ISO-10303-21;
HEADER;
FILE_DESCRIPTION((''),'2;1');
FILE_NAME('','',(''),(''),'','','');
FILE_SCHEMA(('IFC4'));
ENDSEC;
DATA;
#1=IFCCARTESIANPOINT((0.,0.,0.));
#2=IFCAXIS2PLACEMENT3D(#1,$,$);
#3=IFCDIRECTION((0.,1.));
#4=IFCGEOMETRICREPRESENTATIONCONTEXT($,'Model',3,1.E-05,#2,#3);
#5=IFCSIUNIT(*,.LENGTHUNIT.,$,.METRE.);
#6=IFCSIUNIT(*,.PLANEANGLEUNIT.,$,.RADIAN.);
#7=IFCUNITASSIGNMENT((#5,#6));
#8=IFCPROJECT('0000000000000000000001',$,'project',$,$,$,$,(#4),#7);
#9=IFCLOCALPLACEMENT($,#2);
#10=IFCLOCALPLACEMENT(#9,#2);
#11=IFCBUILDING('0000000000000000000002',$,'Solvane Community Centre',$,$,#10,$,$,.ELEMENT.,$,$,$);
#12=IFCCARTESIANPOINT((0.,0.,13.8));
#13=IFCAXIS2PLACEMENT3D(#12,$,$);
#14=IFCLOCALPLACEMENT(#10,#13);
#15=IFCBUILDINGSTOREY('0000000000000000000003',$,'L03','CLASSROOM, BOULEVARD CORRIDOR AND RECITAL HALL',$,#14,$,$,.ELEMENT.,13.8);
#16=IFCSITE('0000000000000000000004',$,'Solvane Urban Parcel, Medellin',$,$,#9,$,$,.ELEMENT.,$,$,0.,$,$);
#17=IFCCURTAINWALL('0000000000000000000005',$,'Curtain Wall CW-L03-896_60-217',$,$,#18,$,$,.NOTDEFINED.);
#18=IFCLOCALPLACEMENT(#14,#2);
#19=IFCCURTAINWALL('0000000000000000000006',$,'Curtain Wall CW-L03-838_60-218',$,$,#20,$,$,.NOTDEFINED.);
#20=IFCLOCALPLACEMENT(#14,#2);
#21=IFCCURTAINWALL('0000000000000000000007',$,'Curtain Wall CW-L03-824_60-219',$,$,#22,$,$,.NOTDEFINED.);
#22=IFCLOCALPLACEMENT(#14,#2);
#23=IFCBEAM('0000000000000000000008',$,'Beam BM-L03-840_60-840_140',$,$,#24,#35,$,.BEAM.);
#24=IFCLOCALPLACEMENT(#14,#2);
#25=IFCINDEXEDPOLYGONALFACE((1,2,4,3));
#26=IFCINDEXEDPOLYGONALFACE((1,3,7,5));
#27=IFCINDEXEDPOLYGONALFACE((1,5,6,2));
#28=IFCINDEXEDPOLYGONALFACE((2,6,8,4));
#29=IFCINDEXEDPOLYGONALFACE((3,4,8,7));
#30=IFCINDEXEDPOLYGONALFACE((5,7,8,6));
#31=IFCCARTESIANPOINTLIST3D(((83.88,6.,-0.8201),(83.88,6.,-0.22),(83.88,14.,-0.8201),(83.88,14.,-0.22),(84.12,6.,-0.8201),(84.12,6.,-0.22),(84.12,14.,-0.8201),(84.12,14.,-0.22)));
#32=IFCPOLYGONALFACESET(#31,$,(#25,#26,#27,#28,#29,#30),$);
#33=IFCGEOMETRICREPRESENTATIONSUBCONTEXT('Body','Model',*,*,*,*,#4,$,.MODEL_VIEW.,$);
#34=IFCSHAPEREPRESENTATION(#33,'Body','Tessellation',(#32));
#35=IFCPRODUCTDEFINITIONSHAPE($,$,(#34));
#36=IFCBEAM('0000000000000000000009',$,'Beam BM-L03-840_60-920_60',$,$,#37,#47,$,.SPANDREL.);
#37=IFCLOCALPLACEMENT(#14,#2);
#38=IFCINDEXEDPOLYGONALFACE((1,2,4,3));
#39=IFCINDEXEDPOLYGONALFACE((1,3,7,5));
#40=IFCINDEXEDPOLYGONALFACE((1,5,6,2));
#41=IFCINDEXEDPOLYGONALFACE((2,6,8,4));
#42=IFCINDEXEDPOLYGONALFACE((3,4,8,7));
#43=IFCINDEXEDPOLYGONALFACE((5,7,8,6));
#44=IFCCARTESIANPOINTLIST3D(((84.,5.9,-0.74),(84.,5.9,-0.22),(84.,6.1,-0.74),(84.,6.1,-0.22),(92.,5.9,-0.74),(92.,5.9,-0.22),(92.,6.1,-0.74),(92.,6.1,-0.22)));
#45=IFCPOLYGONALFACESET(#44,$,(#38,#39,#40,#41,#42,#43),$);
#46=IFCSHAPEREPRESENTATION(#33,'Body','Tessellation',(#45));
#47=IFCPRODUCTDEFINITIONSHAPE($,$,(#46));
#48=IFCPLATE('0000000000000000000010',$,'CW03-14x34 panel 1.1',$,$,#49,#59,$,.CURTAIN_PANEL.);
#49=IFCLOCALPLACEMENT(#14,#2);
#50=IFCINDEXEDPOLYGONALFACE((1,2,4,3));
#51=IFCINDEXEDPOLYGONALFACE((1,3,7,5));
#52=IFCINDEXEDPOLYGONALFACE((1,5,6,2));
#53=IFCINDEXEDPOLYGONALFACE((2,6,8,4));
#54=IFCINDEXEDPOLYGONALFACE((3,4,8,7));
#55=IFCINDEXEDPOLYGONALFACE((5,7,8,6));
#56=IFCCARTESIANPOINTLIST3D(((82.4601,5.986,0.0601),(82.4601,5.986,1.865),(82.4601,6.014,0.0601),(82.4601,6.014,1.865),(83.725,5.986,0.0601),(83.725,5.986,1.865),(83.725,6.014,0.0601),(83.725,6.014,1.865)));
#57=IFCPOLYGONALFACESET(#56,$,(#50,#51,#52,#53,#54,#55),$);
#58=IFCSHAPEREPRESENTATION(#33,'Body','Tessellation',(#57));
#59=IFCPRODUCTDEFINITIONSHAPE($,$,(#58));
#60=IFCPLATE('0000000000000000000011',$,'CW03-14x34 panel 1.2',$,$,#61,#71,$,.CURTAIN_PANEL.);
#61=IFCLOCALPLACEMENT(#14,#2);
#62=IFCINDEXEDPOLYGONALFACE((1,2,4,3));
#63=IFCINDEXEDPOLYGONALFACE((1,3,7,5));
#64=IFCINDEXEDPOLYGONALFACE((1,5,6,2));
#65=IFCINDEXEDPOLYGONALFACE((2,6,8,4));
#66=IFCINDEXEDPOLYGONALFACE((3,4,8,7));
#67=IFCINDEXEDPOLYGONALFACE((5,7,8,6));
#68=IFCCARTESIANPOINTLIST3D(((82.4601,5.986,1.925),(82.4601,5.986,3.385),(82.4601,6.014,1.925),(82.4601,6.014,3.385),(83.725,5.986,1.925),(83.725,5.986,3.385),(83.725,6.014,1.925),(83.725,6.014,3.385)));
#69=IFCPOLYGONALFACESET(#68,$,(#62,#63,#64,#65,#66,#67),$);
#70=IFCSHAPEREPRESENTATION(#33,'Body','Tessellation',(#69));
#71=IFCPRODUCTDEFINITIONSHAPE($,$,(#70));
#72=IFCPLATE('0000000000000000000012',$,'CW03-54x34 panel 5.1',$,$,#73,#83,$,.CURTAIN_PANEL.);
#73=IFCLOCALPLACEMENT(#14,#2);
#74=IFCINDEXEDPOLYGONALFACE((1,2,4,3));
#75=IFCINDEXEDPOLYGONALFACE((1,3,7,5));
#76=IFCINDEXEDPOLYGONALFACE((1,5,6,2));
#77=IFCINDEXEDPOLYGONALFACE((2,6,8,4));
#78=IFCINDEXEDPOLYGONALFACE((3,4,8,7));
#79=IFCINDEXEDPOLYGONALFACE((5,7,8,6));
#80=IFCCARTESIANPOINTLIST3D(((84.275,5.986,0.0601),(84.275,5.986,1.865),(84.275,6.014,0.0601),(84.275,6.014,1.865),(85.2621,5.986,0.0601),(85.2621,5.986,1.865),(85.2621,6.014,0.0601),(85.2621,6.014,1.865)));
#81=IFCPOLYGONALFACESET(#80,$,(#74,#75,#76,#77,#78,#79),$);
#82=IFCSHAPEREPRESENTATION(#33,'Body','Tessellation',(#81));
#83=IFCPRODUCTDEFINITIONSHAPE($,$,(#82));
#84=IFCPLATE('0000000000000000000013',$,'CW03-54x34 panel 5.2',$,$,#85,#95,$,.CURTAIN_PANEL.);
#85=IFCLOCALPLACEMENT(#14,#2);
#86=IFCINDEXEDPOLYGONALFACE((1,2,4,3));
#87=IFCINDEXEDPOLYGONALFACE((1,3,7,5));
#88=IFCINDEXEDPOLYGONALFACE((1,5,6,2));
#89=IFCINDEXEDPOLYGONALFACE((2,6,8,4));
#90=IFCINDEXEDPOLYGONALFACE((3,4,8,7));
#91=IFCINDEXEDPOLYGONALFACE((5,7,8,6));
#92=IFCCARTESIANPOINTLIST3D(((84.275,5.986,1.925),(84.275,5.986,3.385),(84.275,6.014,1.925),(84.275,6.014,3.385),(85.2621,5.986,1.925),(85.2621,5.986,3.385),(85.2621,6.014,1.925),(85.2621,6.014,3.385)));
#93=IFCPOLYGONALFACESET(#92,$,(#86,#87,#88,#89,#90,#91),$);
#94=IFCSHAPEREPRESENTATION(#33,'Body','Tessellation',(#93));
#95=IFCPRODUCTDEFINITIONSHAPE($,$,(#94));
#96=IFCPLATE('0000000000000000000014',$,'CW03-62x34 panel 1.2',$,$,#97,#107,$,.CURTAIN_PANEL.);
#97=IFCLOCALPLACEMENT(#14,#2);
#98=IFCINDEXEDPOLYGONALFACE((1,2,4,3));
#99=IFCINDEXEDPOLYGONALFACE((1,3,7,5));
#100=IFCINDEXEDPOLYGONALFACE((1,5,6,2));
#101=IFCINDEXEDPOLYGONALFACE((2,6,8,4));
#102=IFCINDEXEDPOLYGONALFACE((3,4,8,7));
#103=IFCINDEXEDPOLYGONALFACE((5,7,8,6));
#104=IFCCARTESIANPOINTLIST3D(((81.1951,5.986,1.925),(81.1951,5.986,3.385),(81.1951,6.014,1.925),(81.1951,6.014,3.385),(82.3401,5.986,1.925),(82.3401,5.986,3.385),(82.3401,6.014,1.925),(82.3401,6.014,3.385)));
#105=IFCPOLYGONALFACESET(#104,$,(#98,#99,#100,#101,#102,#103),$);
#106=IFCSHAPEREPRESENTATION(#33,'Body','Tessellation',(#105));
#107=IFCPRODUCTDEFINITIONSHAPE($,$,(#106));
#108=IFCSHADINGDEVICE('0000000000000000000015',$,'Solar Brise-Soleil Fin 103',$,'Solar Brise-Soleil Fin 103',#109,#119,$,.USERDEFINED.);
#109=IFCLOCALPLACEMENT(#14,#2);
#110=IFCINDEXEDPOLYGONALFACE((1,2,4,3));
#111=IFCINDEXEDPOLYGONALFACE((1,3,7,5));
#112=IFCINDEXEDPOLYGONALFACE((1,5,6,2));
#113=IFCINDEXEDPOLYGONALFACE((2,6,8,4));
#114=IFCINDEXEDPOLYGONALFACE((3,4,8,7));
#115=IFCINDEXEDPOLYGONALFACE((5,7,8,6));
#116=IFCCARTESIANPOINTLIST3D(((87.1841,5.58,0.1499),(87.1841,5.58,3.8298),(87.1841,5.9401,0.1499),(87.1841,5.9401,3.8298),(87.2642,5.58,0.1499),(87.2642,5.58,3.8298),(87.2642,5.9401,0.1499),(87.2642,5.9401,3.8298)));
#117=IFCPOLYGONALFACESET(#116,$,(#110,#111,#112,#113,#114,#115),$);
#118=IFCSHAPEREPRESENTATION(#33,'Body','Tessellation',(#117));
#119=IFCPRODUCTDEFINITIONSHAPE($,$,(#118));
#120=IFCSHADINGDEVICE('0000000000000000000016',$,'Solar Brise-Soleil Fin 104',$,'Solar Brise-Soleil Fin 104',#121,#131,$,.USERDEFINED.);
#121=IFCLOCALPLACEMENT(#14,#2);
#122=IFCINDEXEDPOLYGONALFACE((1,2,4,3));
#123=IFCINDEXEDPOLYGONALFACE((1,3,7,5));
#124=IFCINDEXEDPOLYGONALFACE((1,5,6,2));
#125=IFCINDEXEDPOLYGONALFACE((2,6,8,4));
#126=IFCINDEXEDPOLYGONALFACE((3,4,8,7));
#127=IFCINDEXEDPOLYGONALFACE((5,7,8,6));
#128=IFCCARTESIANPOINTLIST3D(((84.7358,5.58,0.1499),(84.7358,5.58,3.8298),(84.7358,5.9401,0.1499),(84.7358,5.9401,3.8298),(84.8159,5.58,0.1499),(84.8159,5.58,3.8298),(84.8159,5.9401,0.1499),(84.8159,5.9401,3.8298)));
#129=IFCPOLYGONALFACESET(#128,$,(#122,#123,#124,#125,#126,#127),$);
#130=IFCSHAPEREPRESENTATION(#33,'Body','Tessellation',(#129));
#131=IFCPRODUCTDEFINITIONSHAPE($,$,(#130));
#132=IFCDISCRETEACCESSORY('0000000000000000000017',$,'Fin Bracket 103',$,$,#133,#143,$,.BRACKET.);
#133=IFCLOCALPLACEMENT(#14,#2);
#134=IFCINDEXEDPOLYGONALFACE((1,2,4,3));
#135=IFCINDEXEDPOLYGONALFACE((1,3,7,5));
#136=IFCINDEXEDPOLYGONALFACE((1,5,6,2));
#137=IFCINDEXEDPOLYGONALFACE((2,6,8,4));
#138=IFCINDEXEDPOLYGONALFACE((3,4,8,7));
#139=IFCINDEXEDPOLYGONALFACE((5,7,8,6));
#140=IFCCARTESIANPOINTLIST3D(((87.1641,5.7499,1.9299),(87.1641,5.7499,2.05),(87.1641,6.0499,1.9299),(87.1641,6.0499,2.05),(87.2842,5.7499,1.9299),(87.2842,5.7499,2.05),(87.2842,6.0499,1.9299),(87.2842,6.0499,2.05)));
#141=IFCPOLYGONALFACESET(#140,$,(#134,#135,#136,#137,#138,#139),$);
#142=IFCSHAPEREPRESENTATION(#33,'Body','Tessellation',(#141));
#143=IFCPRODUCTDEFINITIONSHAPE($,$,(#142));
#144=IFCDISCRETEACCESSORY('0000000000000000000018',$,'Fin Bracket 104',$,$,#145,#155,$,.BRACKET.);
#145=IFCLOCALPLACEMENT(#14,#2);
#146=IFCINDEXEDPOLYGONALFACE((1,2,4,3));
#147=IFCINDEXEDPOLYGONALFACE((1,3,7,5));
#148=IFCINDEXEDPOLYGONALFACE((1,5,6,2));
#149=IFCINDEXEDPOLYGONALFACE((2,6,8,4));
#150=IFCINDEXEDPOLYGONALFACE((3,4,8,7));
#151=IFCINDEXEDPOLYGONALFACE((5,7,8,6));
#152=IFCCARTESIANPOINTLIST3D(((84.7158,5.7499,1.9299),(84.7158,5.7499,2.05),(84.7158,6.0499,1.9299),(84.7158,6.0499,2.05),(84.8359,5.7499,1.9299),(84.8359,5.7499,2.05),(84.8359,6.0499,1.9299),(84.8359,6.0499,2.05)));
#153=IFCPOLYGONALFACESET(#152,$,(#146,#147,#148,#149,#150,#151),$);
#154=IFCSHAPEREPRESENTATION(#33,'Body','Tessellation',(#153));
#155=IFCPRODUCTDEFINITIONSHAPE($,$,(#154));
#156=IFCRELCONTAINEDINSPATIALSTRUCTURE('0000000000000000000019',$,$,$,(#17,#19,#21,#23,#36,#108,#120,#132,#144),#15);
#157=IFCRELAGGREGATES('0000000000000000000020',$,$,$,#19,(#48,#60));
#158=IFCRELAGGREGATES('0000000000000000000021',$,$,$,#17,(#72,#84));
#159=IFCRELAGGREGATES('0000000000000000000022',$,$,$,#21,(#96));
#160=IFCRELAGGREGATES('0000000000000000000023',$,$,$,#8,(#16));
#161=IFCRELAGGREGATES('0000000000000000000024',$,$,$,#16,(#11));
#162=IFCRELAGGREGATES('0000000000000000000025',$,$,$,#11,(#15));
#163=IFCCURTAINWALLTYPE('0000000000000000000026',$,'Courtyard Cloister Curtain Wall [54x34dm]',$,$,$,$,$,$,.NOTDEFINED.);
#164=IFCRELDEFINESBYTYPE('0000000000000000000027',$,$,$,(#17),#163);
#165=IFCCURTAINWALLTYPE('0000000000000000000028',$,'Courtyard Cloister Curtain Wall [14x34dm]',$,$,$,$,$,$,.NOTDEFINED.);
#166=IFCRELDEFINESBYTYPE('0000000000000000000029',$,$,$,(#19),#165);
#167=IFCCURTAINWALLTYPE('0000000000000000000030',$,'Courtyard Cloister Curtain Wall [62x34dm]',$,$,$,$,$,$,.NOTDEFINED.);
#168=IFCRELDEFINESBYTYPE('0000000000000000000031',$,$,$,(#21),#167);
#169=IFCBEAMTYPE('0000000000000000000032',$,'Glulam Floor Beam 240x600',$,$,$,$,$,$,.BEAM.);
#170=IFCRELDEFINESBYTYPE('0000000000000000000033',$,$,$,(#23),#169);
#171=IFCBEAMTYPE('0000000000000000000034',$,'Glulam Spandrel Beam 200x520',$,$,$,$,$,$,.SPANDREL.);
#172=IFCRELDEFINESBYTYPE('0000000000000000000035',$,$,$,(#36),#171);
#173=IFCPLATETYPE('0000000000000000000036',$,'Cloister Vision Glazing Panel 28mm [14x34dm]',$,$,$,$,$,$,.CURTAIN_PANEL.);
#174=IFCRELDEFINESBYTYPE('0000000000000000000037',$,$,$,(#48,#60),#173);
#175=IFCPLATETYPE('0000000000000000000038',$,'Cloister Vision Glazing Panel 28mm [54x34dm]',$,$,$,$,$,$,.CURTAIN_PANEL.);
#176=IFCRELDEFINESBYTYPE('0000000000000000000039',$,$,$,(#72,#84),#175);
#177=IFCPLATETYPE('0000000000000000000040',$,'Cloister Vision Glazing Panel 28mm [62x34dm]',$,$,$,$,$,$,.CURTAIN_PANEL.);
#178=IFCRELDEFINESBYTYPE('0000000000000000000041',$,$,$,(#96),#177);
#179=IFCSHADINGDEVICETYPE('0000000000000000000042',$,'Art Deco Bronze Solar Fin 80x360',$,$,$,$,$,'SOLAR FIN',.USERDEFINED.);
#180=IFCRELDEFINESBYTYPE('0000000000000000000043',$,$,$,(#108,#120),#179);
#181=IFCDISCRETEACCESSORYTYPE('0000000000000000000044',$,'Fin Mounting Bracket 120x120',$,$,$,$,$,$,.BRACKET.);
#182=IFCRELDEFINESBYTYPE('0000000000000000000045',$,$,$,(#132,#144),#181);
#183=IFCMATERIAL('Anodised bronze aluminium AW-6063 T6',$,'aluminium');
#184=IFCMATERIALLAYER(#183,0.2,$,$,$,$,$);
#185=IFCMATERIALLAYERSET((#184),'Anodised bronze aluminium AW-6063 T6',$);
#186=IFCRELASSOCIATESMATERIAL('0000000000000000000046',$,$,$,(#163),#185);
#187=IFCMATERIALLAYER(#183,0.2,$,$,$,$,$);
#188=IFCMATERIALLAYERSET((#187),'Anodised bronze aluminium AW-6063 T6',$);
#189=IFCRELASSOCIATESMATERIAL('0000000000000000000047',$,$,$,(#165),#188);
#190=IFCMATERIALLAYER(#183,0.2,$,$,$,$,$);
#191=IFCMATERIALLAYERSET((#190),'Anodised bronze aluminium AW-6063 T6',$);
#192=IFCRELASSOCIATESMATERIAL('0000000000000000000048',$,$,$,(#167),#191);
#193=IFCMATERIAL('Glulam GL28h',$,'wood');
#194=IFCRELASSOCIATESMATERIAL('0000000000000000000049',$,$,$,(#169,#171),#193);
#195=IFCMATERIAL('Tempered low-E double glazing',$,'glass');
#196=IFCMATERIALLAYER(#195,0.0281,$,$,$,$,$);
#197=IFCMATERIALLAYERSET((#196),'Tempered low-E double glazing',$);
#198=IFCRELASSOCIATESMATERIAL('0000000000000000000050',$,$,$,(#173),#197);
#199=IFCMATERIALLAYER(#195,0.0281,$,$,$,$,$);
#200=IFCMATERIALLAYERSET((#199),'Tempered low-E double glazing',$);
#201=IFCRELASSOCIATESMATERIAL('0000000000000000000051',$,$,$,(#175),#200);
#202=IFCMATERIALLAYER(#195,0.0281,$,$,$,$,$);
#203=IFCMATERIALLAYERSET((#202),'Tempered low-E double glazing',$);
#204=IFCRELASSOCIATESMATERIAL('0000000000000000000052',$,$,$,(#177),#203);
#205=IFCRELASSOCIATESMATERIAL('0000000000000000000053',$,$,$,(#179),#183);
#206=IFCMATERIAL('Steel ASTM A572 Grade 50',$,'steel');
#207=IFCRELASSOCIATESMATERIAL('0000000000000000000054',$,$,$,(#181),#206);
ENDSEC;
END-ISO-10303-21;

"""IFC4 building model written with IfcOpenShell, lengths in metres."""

from ifc_helpers import new_model, si_unit, direction, frame, origin, origin_2d, place, context, subcontext, project, spatial, rectangle, extrude, material, layer, layer_set, material_profile, profile_set, type_object, element, aggregate, save


model = new_model("IFC4")

# Units and contexts
model_context = context("Model", 3, precision=1e-05, world=origin(), true_north=direction((0.0, 1.0)))
body_context = subcontext(model_context, "Body", "Model", "MODEL_VIEW")
ifc_project = project(units=[si_unit("LENGTHUNIT", "METRE"), si_unit("PLANEANGLEUNIT", "RADIAN")], contexts=[model_context])

# Site, building, storey
site_placement = place(None, origin())
site = spatial("IfcSite", under=ifc_project, at=site_placement, Name="Solvane Urban Parcel, Medellin", CompositionType="ELEMENT", RefElevation=0.0)
building_placement = place(site_placement, origin())
building = spatial("IfcBuilding", under=site, at=building_placement, Name="Solvane Community Centre", CompositionType="ELEMENT")
storey_placement = place(building_placement, frame((0.0, 0.0, 13.8)))
storey = spatial("IfcBuildingStorey", under=building, at=storey_placement, Name="L03", Description="CLASSROOM, BOULEVARD CORRIDOR AND RECITAL HALL", CompositionType="ELEMENT", Elevation=13.8)

# Curtain wall
ifc_material_1 = material(Name="Anodised bronze aluminium AW-6063 T6", Category="aluminium")
ifc_layer_1 = layer(ifc_material_1, 0.2)
ifc_layer_set_1 = layer_set([ifc_layer_1], Name="Anodised bronze aluminium AW-6063 T6")
curtain_wall_type_1 = type_object("IfcCurtainWallType", Name="Courtyard Cloister Curtain Wall [54x34dm]", PredefinedType="NOTDEFINED", material=ifc_layer_set_1)
curtain_wall_1_placement = place(storey_placement, origin())
curtain_wall_1 = element("IfcCurtainWall", 1, at=curtain_wall_1_placement, inside=storey, type_object=curtain_wall_type_1, Name="Curtain Wall CW-L03-896_60-217", PredefinedType="NOTDEFINED")

# Curtain wall
ifc_layer_2 = layer(ifc_material_1, 0.2)
ifc_layer_set_2 = layer_set([ifc_layer_2], Name="Anodised bronze aluminium AW-6063 T6")
curtain_wall_type_2 = type_object("IfcCurtainWallType", Name="Courtyard Cloister Curtain Wall [14x34dm]", PredefinedType="NOTDEFINED", material=ifc_layer_set_2)
curtain_wall_2_placement = place(storey_placement, origin())
curtain_wall_2 = element("IfcCurtainWall", 2, at=curtain_wall_2_placement, inside=storey, type_object=curtain_wall_type_2, Name="Curtain Wall CW-L03-838_60-218", PredefinedType="NOTDEFINED")

# Curtain wall
ifc_layer_3 = layer(ifc_material_1, 0.2)
ifc_layer_set_3 = layer_set([ifc_layer_3], Name="Anodised bronze aluminium AW-6063 T6")
curtain_wall_type_3 = type_object("IfcCurtainWallType", Name="Courtyard Cloister Curtain Wall [62x34dm]", PredefinedType="NOTDEFINED", material=ifc_layer_set_3)
curtain_wall_3_placement = place(storey_placement, origin())
curtain_wall_3 = element("IfcCurtainWall", 3, at=curtain_wall_3_placement, inside=storey, type_object=curtain_wall_type_3, Name="Curtain Wall CW-L03-824_60-219", PredefinedType="NOTDEFINED")

# Beams
ifc_material_2 = material(Name="Glulam GL28h", Category="wood")
ifc_material_profile_1 = material_profile(ifc_material_2, rectangle(XDim=0.24, YDim=0.6001, at=origin_2d()), Name="GL28h 240x600")
ifc_profile_set_1 = profile_set([ifc_material_profile_1], Name="Glulam GL28h")
beam_type_1 = type_object("IfcBeamType", Name="Glulam Floor Beam 240x600", PredefinedType="BEAM", material=ifc_profile_set_1)
beam_1_placement = place(storey_placement, frame((84.0, 6.0, -0.52), z_axis=(0.0, 1.0, 0.0), x_axis=(-1.0, 0.0, 0.0)))
element("IfcBeam", 4, at=beam_1_placement, inside=storey, type_object=beam_type_1, Name="Beam BM-L03-840_60-840_140", PredefinedType="BEAM", context=body_context, shape_type="SweptSolid", body=[
    extrude(rectangle(XDim=0.24, YDim=0.6001, at=origin_2d()), origin(), (0.0, 0.0, 1.0), 8.0),
])
ifc_material_profile_2 = material_profile(ifc_material_2, rectangle(XDim=0.2, YDim=0.52, at=origin_2d()), Name="GL28h 200x520")
ifc_profile_set_2 = profile_set([ifc_material_profile_2], Name="Glulam GL28h")
beam_type_2 = type_object("IfcBeamType", Name="Glulam Spandrel Beam 200x520", PredefinedType="SPANDREL", material=ifc_profile_set_2)
beam_2_placement = place(storey_placement, frame((84.0, 6.0, -0.48), z_axis=(1.0, 0.0, 0.0), x_axis=(0.0, 1.0, 0.0)))
element("IfcBeam", 5, at=beam_2_placement, inside=storey, type_object=beam_type_2, Name="Beam BM-L03-840_60-920_60", PredefinedType="SPANDREL", context=body_context, shape_type="SweptSolid", body=[
    extrude(rectangle(XDim=0.2, YDim=0.52, at=origin_2d()), origin(), (0.0, 0.0, 1.0), 8.0),
])

# Plates
ifc_material_3 = material(Name="Tempered low-E double glazing", Category="glass")
ifc_layer_4 = layer(ifc_material_3, 0.0281)
ifc_layer_set_4 = layer_set([ifc_layer_4], Name="Tempered low-E double glazing")
plate_type_1 = type_object("IfcPlateType", Name="Cloister Vision Glazing Panel 28mm [14x34dm]", PredefinedType="CURTAIN_PANEL", material=ifc_layer_set_4)
plate_1_placement = place(storey_placement, frame((83.0925, 6.0, 0.0601), z_axis=(0.0, 0.0, 1.0), x_axis=(-1.0, 0.0, 0.0)))
plate_1 = element("IfcPlate", 6, at=plate_1_placement, type_object=plate_type_1, Name="CW03-14x34 panel 1.1", PredefinedType="CURTAIN_PANEL", context=body_context, shape_type="SweptSolid", body=[
    extrude(rectangle(XDim=1.2649, YDim=0.0281, at=origin_2d()), origin(), (0.0, 0.0, 1.0), 1.8049),
])
plate_2_placement = place(storey_placement, frame((83.0925, 6.0, 1.925), z_axis=(0.0, 0.0, 1.0), x_axis=(-1.0, 0.0, 0.0)))
plate_2 = element("IfcPlate", 7, at=plate_2_placement, type_object=plate_type_1, Name="CW03-14x34 panel 1.2", PredefinedType="CURTAIN_PANEL", context=body_context, shape_type="SweptSolid", body=[
    extrude(rectangle(XDim=1.2649, YDim=0.0281, at=origin_2d()), origin(), (0.0, 0.0, 1.0), 1.46),
])
aggregate(curtain_wall_2, [plate_1, plate_2])
ifc_layer_5 = layer(ifc_material_3, 0.0281)
ifc_layer_set_5 = layer_set([ifc_layer_5], Name="Tempered low-E double glazing")
plate_type_2 = type_object("IfcPlateType", Name="Cloister Vision Glazing Panel 28mm [54x34dm]", PredefinedType="CURTAIN_PANEL", material=ifc_layer_set_5)
plate_3_placement = place(storey_placement, frame((84.7686, 6.0, 0.0601), z_axis=(0.0, 0.0, 1.0), x_axis=(-1.0, 0.0, 0.0)))
plate_3 = element("IfcPlate", 8, at=plate_3_placement, type_object=plate_type_2, Name="CW03-54x34 panel 5.1", PredefinedType="CURTAIN_PANEL", context=body_context, shape_type="SweptSolid", body=[
    extrude(rectangle(XDim=0.9871, YDim=0.0281, at=origin_2d()), origin(), (0.0, 0.0, 1.0), 1.8049),
])
plate_4_placement = place(storey_placement, frame((84.7686, 6.0, 1.925), z_axis=(0.0, 0.0, 1.0), x_axis=(-1.0, 0.0, 0.0)))
plate_4 = element("IfcPlate", 9, at=plate_4_placement, type_object=plate_type_2, Name="CW03-54x34 panel 5.2", PredefinedType="CURTAIN_PANEL", context=body_context, shape_type="SweptSolid", body=[
    extrude(rectangle(XDim=0.9871, YDim=0.0281, at=origin_2d()), origin(), (0.0, 0.0, 1.0), 1.46),
])
aggregate(curtain_wall_1, [plate_3, plate_4])
ifc_layer_6 = layer(ifc_material_3, 0.0281)
ifc_layer_set_6 = layer_set([ifc_layer_6], Name="Tempered low-E double glazing")
plate_type_3 = type_object("IfcPlateType", Name="Cloister Vision Glazing Panel 28mm [62x34dm]", PredefinedType="CURTAIN_PANEL", material=ifc_layer_set_6)
plate_5_placement = place(storey_placement, frame((81.7676, 6.0, 1.925), z_axis=(0.0, 0.0, 1.0), x_axis=(-1.0, 0.0, 0.0)))
plate_5 = element("IfcPlate", 10, at=plate_5_placement, type_object=plate_type_3, Name="CW03-62x34 panel 1.2", PredefinedType="CURTAIN_PANEL", context=body_context, shape_type="SweptSolid", body=[
    extrude(rectangle(XDim=1.145, YDim=0.0281, at=origin_2d()), origin(), (0.0, 0.0, 1.0), 1.46),
])
aggregate(curtain_wall_3, [plate_5])

# Shading devices
shading_device_type = type_object("IfcShadingDeviceType", Name="Art Deco Bronze Solar Fin 80x360", ElementType="SOLAR FIN", PredefinedType="USERDEFINED", material=ifc_material_1)
shading_device_1_placement = place(storey_placement, frame((87.2241, 5.76, 0.1499), z_axis=(0.0, 0.0, 1.0), x_axis=(-1.0, 0.0, 0.0)))
element("IfcShadingDevice", 11, at=shading_device_1_placement, inside=storey, type_object=shading_device_type, Name="Solar Brise-Soleil Fin 103", ObjectType="Solar Brise-Soleil Fin 103", PredefinedType="USERDEFINED", context=body_context, shape_type="SweptSolid", body=[
    extrude(rectangle(XDim=0.0801, YDim=0.3601, at=origin_2d()), origin(), (0.0, 0.0, 1.0), 3.6799),
])
shading_device_2_placement = place(storey_placement, frame((84.7759, 5.76, 0.1499), z_axis=(0.0, 0.0, 1.0), x_axis=(-1.0, 0.0, 0.0)))
element("IfcShadingDevice", 12, at=shading_device_2_placement, inside=storey, type_object=shading_device_type, Name="Solar Brise-Soleil Fin 104", ObjectType="Solar Brise-Soleil Fin 104", PredefinedType="USERDEFINED", context=body_context, shape_type="SweptSolid", body=[
    extrude(rectangle(XDim=0.0801, YDim=0.3601, at=origin_2d()), origin(), (0.0, 0.0, 1.0), 3.6799),
])

# Discrete accessories
ifc_material_4 = material(Name="Steel ASTM A572 Grade 50", Category="steel")
discrete_accessory_type = type_object("IfcDiscreteAccessoryType", Name="Fin Mounting Bracket 120x120", PredefinedType="BRACKET", material=ifc_material_4)
for number, where, z_axis, x_axis, name in (
    (13, (87.2241, 5.8999, 1.9299), (0.0, 0.0, 1.0), (-1.0, 0.0, 0.0), "Fin Bracket 103"),
    (14, (84.7759, 5.8999, 1.9299), (0.0, 0.0, 1.0), (-1.0, 0.0, 0.0), "Fin Bracket 104"),
):
    element("IfcDiscreteAccessory", number, at=place(storey_placement, frame(where, z_axis=z_axis, x_axis=x_axis)), inside=storey, type_object=discrete_accessory_type, Name=name, PredefinedType="BRACKET", context=body_context, shape_type="SweptSolid", body=[
        extrude(rectangle(XDim=0.1201, YDim=0.3, at=origin_2d()), origin(), (0.0, 0.0, 1.0), 0.1201),
    ])

save(model, "model.ifc")
